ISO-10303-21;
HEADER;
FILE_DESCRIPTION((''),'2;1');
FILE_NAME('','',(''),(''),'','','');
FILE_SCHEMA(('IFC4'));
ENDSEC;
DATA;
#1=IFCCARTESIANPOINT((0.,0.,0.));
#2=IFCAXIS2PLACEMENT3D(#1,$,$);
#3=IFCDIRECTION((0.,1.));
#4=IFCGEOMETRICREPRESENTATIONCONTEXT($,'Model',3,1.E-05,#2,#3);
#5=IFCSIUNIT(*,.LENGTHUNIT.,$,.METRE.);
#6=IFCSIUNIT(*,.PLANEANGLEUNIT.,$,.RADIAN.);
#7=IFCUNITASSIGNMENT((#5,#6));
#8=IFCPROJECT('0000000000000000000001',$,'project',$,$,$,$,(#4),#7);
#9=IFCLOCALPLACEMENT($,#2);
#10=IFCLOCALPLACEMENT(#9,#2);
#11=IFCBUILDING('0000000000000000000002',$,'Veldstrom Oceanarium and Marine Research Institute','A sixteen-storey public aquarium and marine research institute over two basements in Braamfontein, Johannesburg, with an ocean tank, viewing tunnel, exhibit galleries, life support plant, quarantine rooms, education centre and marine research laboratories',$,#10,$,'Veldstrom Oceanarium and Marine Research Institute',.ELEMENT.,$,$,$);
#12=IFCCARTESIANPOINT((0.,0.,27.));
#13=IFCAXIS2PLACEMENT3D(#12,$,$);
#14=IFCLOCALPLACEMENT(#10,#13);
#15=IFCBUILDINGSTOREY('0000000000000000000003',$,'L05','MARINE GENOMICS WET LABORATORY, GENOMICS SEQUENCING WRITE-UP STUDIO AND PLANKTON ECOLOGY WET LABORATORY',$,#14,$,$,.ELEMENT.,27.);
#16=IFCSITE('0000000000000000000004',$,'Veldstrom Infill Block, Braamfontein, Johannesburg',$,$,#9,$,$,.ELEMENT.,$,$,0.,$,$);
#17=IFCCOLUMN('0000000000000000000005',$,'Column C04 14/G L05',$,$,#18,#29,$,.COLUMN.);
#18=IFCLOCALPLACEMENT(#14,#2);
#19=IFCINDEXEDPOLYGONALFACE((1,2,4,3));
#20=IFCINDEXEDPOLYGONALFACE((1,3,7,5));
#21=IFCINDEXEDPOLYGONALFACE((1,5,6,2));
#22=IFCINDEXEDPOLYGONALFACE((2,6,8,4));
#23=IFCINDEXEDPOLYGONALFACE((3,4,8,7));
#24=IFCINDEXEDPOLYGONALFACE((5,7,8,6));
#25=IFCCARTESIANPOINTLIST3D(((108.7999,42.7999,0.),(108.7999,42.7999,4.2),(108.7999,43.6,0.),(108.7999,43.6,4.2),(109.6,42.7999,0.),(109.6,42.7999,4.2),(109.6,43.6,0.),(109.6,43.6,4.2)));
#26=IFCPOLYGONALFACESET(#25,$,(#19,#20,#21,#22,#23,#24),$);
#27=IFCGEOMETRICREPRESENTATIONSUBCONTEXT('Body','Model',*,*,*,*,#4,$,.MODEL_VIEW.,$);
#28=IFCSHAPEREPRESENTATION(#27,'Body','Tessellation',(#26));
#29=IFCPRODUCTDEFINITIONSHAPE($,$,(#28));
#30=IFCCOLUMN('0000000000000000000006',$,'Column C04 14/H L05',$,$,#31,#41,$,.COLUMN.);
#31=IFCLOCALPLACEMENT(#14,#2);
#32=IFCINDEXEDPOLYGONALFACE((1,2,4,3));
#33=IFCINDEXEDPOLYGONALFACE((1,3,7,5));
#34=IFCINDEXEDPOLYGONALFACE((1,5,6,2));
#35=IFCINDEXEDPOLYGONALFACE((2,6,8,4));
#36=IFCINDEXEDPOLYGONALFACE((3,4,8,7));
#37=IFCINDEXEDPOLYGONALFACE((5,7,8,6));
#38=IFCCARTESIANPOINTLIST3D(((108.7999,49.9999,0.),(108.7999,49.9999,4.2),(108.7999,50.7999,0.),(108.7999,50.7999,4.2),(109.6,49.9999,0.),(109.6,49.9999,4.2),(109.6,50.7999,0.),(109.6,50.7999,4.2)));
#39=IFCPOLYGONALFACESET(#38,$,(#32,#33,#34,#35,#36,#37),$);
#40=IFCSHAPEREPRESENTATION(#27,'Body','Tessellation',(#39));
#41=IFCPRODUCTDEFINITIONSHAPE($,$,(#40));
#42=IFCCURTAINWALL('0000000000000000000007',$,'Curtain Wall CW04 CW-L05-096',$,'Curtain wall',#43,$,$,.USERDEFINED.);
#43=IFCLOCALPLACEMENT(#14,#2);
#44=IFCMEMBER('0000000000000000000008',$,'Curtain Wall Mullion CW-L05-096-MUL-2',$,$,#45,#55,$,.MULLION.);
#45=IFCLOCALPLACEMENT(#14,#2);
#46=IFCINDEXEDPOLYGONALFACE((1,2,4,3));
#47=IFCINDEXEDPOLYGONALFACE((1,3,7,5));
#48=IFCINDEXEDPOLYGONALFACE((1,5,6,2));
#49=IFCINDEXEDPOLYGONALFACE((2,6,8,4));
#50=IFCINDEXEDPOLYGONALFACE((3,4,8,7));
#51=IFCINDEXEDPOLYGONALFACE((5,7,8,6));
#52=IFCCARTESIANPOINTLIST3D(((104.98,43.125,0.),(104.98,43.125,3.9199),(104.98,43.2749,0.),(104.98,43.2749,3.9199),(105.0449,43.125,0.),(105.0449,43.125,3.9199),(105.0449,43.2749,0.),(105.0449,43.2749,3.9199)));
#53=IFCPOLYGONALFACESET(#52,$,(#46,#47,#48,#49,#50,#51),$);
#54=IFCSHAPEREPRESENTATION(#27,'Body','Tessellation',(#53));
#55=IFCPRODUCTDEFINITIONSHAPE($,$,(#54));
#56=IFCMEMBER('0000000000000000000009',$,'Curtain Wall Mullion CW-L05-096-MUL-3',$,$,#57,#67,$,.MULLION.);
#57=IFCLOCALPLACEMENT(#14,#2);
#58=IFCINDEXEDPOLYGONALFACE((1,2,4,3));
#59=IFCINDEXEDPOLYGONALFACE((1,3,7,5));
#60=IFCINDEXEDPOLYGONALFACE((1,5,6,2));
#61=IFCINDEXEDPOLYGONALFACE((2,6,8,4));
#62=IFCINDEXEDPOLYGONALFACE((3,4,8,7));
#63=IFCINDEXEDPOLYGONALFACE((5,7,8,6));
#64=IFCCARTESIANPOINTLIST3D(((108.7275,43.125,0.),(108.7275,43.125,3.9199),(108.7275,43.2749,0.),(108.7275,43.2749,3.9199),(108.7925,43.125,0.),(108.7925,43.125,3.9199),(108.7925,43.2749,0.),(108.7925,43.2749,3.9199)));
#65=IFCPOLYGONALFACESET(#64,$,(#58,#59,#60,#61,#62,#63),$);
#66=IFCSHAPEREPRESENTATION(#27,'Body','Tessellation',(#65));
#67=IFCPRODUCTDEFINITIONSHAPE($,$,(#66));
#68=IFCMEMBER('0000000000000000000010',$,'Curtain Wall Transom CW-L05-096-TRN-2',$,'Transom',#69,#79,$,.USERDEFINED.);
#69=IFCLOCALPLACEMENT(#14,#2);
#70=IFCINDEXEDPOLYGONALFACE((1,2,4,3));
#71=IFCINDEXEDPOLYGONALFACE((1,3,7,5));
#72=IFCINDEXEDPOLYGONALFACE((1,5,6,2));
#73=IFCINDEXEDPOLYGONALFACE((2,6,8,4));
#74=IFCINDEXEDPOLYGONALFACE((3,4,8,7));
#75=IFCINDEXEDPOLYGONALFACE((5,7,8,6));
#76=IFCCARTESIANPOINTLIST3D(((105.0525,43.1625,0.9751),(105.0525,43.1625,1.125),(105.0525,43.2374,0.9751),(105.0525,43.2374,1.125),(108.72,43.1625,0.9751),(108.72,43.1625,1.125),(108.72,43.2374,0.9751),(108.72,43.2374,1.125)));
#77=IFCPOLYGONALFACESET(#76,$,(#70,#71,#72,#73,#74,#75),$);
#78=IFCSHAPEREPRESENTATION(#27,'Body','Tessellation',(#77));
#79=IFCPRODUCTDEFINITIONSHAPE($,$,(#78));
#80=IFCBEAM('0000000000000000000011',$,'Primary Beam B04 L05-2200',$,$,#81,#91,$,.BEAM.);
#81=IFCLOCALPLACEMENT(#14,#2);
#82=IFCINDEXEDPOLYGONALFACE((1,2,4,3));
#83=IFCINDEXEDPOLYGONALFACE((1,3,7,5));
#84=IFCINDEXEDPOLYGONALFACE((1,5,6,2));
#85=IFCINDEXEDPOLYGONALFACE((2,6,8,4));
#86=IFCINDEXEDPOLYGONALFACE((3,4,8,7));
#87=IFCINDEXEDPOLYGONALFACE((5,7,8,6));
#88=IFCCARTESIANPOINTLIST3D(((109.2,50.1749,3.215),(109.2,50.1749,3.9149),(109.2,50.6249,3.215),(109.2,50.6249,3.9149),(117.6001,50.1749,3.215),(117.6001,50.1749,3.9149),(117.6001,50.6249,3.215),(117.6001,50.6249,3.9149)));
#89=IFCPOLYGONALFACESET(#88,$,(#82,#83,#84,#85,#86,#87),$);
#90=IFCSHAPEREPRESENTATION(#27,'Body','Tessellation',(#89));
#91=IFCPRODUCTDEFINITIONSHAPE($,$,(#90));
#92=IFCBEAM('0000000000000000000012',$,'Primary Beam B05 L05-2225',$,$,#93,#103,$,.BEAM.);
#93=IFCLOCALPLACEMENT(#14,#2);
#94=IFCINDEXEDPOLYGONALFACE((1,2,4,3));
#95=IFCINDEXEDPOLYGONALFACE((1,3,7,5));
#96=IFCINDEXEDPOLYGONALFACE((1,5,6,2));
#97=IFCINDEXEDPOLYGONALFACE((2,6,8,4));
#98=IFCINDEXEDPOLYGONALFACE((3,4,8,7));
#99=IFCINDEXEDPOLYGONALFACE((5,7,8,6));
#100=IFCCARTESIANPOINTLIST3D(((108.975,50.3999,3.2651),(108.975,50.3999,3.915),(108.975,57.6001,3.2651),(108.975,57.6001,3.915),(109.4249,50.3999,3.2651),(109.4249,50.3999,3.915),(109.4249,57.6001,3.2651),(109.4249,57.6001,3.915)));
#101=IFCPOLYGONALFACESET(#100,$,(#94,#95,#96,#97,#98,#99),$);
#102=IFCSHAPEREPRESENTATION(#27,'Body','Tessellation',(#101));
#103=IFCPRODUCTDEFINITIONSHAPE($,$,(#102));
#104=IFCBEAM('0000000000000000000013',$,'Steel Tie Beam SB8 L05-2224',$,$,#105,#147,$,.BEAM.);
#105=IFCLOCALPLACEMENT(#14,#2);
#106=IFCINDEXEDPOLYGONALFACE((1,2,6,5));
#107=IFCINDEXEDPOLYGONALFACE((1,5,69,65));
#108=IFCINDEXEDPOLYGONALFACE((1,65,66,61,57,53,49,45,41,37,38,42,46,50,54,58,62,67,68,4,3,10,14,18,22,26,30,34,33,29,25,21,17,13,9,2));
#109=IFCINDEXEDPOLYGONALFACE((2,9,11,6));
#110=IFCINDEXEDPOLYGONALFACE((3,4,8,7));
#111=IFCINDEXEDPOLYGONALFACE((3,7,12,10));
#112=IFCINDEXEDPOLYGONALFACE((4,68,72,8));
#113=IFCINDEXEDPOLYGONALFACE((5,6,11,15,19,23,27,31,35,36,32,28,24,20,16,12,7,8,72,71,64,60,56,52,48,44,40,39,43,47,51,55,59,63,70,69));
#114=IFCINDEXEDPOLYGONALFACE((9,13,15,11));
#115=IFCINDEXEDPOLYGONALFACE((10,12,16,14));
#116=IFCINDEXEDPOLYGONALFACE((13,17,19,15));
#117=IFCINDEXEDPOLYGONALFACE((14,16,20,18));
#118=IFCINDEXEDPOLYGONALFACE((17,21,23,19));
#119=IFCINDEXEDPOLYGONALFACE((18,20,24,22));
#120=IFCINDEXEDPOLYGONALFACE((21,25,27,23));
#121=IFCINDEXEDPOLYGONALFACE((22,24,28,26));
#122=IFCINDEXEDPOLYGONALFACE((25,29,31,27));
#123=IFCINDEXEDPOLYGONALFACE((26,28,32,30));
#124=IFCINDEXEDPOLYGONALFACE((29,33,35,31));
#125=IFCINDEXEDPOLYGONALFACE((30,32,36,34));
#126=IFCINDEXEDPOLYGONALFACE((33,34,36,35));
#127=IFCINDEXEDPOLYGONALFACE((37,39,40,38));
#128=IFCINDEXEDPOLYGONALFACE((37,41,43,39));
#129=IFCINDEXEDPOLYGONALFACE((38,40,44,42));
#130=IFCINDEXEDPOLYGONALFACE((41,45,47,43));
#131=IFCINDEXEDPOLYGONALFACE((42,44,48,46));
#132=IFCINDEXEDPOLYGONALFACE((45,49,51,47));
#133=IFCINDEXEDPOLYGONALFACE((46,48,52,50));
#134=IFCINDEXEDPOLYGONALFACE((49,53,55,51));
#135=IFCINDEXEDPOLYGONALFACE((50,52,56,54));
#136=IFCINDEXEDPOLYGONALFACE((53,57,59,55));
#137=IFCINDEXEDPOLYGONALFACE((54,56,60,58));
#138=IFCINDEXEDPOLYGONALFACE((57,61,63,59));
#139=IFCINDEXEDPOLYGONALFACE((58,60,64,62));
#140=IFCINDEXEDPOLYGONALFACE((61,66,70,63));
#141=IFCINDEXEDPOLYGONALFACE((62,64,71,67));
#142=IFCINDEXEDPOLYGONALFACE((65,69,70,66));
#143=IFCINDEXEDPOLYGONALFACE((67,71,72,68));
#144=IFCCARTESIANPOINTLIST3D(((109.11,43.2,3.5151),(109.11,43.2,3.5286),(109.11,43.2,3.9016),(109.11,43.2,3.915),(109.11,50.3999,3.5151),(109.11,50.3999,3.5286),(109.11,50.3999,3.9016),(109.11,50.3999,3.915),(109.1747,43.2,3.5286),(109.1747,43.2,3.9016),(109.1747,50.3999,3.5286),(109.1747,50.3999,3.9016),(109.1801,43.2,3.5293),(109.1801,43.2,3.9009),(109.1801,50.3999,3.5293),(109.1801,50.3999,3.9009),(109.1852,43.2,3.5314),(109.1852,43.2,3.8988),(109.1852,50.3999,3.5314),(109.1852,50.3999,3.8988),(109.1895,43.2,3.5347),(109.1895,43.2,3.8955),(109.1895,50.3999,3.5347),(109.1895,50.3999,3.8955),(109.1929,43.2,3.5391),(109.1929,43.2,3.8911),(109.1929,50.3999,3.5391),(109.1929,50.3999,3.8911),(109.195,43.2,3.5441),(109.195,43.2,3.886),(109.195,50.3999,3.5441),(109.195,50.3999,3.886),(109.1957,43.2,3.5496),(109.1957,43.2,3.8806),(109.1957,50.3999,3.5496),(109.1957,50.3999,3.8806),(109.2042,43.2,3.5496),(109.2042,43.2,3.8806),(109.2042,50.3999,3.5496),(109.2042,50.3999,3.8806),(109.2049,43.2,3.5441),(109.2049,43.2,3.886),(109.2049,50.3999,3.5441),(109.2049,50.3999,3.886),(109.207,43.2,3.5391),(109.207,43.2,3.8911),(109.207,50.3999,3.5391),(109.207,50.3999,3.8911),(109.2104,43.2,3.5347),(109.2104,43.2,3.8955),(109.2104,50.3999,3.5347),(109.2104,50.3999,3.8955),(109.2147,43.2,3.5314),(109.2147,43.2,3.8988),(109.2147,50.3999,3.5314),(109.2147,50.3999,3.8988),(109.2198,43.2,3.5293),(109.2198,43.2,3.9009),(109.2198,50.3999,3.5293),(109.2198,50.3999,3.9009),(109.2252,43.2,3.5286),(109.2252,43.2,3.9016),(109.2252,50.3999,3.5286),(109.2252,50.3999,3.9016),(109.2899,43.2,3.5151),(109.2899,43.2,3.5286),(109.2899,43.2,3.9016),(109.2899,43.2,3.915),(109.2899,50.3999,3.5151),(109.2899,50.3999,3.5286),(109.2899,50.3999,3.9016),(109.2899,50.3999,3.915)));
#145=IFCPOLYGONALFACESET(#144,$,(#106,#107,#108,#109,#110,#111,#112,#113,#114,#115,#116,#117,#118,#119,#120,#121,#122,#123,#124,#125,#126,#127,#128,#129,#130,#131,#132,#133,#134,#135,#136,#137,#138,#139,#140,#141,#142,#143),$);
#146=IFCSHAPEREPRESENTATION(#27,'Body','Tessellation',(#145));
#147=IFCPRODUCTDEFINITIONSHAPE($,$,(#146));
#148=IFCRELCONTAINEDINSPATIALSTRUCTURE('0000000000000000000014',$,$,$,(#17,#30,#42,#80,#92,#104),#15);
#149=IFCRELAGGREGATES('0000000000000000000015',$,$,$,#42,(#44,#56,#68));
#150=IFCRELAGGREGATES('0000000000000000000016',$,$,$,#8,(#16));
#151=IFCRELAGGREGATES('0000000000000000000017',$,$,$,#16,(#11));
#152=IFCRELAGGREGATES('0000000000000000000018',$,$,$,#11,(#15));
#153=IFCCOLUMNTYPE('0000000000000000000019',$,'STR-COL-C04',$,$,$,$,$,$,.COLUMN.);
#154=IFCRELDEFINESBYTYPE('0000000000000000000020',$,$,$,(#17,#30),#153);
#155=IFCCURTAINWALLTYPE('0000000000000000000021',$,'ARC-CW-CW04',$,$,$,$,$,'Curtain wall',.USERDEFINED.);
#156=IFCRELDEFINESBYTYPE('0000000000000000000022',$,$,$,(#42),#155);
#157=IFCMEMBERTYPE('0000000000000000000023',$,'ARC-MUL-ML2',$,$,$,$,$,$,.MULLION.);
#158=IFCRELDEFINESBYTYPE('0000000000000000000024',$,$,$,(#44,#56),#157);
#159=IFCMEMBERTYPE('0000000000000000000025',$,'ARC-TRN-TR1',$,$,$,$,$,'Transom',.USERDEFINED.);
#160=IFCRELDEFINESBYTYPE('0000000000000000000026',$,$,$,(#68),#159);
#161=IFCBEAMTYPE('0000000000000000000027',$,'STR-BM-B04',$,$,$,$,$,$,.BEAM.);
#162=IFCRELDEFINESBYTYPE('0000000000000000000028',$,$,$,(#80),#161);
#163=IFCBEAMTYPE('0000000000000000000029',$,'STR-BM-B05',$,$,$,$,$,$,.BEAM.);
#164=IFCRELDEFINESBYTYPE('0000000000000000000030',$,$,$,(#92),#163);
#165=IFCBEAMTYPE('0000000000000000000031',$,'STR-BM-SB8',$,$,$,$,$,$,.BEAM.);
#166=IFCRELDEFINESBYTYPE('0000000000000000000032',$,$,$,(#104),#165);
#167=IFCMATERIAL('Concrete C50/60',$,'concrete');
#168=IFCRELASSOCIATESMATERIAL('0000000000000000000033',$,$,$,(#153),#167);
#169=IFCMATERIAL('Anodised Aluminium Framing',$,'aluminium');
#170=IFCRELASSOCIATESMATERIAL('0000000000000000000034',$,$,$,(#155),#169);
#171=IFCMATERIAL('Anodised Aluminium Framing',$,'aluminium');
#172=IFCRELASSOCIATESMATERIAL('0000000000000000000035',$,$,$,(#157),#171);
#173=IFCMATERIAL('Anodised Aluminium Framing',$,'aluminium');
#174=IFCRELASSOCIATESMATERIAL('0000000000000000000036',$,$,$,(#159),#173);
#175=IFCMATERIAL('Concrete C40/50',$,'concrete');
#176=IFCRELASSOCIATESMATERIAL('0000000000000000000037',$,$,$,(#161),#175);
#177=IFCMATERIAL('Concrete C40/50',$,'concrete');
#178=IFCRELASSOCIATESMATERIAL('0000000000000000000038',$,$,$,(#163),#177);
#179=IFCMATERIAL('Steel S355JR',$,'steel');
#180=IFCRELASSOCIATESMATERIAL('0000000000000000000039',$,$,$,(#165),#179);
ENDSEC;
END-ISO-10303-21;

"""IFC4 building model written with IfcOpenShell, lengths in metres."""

from ifc_helpers import new_model, si_unit, direction, frame, origin, origin_2d, place, context, subcontext, project, spatial, rectangle, i_section, extrude, material, material_profile, profile_set, type_object, element, aggregate, save


model = new_model("IFC4")

# Units and contexts
model_context = context("Model", 3, precision=1e-05, world=origin(), true_north=direction((0.0, 1.0)))
body_context = subcontext(model_context, "Body", "Model", "MODEL_VIEW")
ifc_project = project(units=[si_unit("LENGTHUNIT", "METRE"), si_unit("PLANEANGLEUNIT", "RADIAN")], contexts=[model_context])

# Site, building, storey
site_placement = place(None, origin())
site = spatial("IfcSite", under=ifc_project, at=site_placement, Name="Veldstrom Infill Block, Braamfontein, Johannesburg", CompositionType="ELEMENT", RefElevation=0.0)
building_placement = place(site_placement, origin())
building = spatial("IfcBuilding", under=site, at=building_placement, Name="Veldstrom Oceanarium and Marine Research Institute", Description="A sixteen-storey public aquarium and marine research institute over two basements in Braamfontein, Johannesburg, with an ocean tank, viewing tunnel, exhibit galleries, life support plant, quarantine rooms, education centre and marine research laboratories", LongName="Veldstrom Oceanarium and Marine Research Institute", CompositionType="ELEMENT")
storey_placement = place(building_placement, frame((0.0, 0.0, 27.0)))
storey = spatial("IfcBuildingStorey", under=building, at=storey_placement, Name="L05", Description="MARINE GENOMICS WET LABORATORY, GENOMICS SEQUENCING WRITE-UP STUDIO AND PLANKTON ECOLOGY WET LABORATORY", CompositionType="ELEMENT", Elevation=27.0)

# Columns
ifc_material_1 = material(Name="Concrete C50/60", Category="concrete")
ifc_material_profile_1 = material_profile(ifc_material_1, rectangle(XDim=0.8, YDim=0.8, at=origin_2d()), Name="RC-COL-800x800")
ifc_profile_set_1 = profile_set([ifc_material_profile_1], Name="Concrete C50/60")
column_type = type_object("IfcColumnType", Name="STR-COL-C04", PredefinedType="COLUMN", material=ifc_profile_set_1)
for number, where, z_axis, x_axis, name in (
    (1, (109.2, 43.2, 0.0), (0.0, 0.0, 1.0), (1.0, 0.0, 0.0), "Column C04 14/G L05"),
    (2, (109.2, 50.3999, 0.0), (0.0, 0.0, 1.0), (1.0, 0.0, 0.0), "Column C04 14/H L05"),
):
    element("IfcColumn", number, at=place(storey_placement, frame(where, z_axis=z_axis, x_axis=x_axis)), inside=storey, type_object=column_type, Name=name, PredefinedType="COLUMN", context=body_context, shape_type="SweptSolid", body=[
        extrude(rectangle(XDim=0.8, YDim=0.8, at=origin_2d()), origin(), (0.0, 0.0, 1.0), 4.2),
    ])

# Curtain wall, members
ifc_material_2 = material(Name="Anodised Aluminium Framing", Category="aluminium")
curtain_wall_type = type_object("IfcCurtainWallType", Name="ARC-CW-CW04", ElementType="Curtain wall", PredefinedType="USERDEFINED", material=ifc_material_2)
curtain_wall_placement = place(storey_placement, origin())
curtain_wall = element("IfcCurtainWall", 3, at=curtain_wall_placement, inside=storey, type_object=curtain_wall_type, Name="Curtain Wall CW04 CW-L05-096", ObjectType="Curtain wall", PredefinedType="USERDEFINED")
ifc_material_3 = material(Name="Anodised Aluminium Framing", Category="aluminium")
ifc_material_profile_2 = material_profile(ifc_material_3, rectangle(XDim=0.0649, YDim=0.1499, at=origin_2d()), Name="ALU-MUL-65x150")
ifc_profile_set_2 = profile_set([ifc_material_profile_2], Name="Anodised Aluminium Framing")
member_type_1 = type_object("IfcMemberType", Name="ARC-MUL-ML2", PredefinedType="MULLION", material=ifc_profile_set_2)
member_1_placement = place(storey_placement, frame((105.0125, 43.2, 0.0), z_axis=(0.0, 0.0, 1.0), x_axis=(1.0, 0.0, 0.0)))
member_1 = element("IfcMember", 4, at=member_1_placement, type_object=member_type_1, Name="Curtain Wall Mullion CW-L05-096-MUL-2", PredefinedType="MULLION", context=body_context, shape_type="SweptSolid", body=[
    extrude(rectangle(XDim=0.0649, YDim=0.1499, at=origin_2d()), origin(), (0.0, 0.0, 1.0), 3.9199),
])
member_2_placement = place(storey_placement, frame((108.76, 43.2, 0.0), z_axis=(0.0, 0.0, 1.0), x_axis=(1.0, 0.0, 0.0)))
member_2 = element("IfcMember", 5, at=member_2_placement, type_object=member_type_1, Name="Curtain Wall Mullion CW-L05-096-MUL-3", PredefinedType="MULLION", context=body_context, shape_type="SweptSolid", body=[
    extrude(rectangle(XDim=0.0649, YDim=0.1499, at=origin_2d()), origin(), (0.0, 0.0, 1.0), 3.9199),
])
ifc_material_4 = material(Name="Anodised Aluminium Framing", Category="aluminium")
ifc_material_profile_3 = material_profile(ifc_material_4, rectangle(XDim=0.075, YDim=0.1499, at=origin_2d()), Name="ALU-TRN-75x150")
ifc_profile_set_3 = profile_set([ifc_material_profile_3], Name="Anodised Aluminium Framing")
member_type_2 = type_object("IfcMemberType", Name="ARC-TRN-TR1", ElementType="Transom", PredefinedType="USERDEFINED", material=ifc_profile_set_3)
member_3_placement = place(storey_placement, frame((105.0525, 43.2, 1.05), z_axis=(1.0, 0.0, 0.0), x_axis=(0.0, 1.0, 0.0)))
member_3 = element("IfcMember", 6, at=member_3_placement, type_object=member_type_2, Name="Curtain Wall Transom CW-L05-096-TRN-2", ObjectType="Transom", PredefinedType="USERDEFINED", context=body_context, shape_type="SweptSolid", body=[
    extrude(rectangle(XDim=0.075, YDim=0.1499, at=origin_2d()), origin(), (0.0, 0.0, 1.0), 3.6675),
])

# Beams
ifc_material_5 = material(Name="Concrete C40/50", Category="concrete")
ifc_material_profile_4 = material_profile(ifc_material_5, rectangle(XDim=0.45, YDim=0.7, at=origin_2d()), Name="RC-BM-450x700")
ifc_profile_set_4 = profile_set([ifc_material_profile_4], Name="Concrete C40/50")
beam_type_1 = type_object("IfcBeamType", Name="STR-BM-B04", PredefinedType="BEAM", material=ifc_profile_set_4)
beam_1_placement = place(storey_placement, frame((109.2, 50.3999, 3.5649), z_axis=(1.0, 0.0, 0.0), x_axis=(0.0, 1.0, 0.0)))
element("IfcBeam", 7, at=beam_1_placement, inside=storey, type_object=beam_type_1, Name="Primary Beam B04 L05-2200", PredefinedType="BEAM", context=body_context, shape_type="SweptSolid", body=[
    extrude(rectangle(XDim=0.45, YDim=0.7, at=origin_2d()), origin(), (0.0, 0.0, 1.0), 8.4001),
])
ifc_material_6 = material(Name="Concrete C40/50", Category="concrete")
ifc_material_profile_5 = material_profile(ifc_material_6, rectangle(XDim=0.45, YDim=0.6499, at=origin_2d()), Name="RC-BM-450x650")
ifc_profile_set_5 = profile_set([ifc_material_profile_5], Name="Concrete C40/50")
beam_type_2 = type_object("IfcBeamType", Name="STR-BM-B05", PredefinedType="BEAM", material=ifc_profile_set_5)
beam_2_placement = place(storey_placement, frame((109.2, 50.3999, 3.5901), z_axis=(0.0, 1.0, 0.0), x_axis=(-1.0, 0.0, 0.0)))
element("IfcBeam", 8, at=beam_2_placement, inside=storey, type_object=beam_type_2, Name="Primary Beam B05 L05-2225", PredefinedType="BEAM", context=body_context, shape_type="SweptSolid", body=[
    extrude(rectangle(XDim=0.45, YDim=0.6499, at=origin_2d()), origin(), (0.0, 0.0, 1.0), 7.2002),
])
ifc_material_7 = material(Name="Steel S355JR", Category="steel")
ifc_material_profile_6 = material_profile(ifc_material_7, i_section(OverallWidth=0.1799, OverallDepth=0.3999, WebThickness=0.0085, FlangeThickness=0.0134, FilletRadius=0.021, at=origin_2d()), Name="IPE 400")
ifc_profile_set_6 = profile_set([ifc_material_profile_6], Name="Steel S355JR")
beam_type_3 = type_object("IfcBeamType", Name="STR-BM-SB8", PredefinedType="BEAM", material=ifc_profile_set_6)
beam_3_placement = place(storey_placement, frame((109.2, 43.2, 3.7151), z_axis=(0.0, 1.0, 0.0), x_axis=(-1.0, 0.0, 0.0)))
element("IfcBeam", 9, at=beam_3_placement, inside=storey, type_object=beam_type_3, Name="Steel Tie Beam SB8 L05-2224", PredefinedType="BEAM", context=body_context, shape_type="SweptSolid", body=[
    extrude(i_section(OverallWidth=0.1799, OverallDepth=0.3999, WebThickness=0.0085, FlangeThickness=0.0134, FilletRadius=0.021, at=origin_2d()), origin(), (0.0, 0.0, 1.0), 7.2),
])

aggregate(curtain_wall, [member_1, member_2, member_3])

save(model, "model.ifc")
